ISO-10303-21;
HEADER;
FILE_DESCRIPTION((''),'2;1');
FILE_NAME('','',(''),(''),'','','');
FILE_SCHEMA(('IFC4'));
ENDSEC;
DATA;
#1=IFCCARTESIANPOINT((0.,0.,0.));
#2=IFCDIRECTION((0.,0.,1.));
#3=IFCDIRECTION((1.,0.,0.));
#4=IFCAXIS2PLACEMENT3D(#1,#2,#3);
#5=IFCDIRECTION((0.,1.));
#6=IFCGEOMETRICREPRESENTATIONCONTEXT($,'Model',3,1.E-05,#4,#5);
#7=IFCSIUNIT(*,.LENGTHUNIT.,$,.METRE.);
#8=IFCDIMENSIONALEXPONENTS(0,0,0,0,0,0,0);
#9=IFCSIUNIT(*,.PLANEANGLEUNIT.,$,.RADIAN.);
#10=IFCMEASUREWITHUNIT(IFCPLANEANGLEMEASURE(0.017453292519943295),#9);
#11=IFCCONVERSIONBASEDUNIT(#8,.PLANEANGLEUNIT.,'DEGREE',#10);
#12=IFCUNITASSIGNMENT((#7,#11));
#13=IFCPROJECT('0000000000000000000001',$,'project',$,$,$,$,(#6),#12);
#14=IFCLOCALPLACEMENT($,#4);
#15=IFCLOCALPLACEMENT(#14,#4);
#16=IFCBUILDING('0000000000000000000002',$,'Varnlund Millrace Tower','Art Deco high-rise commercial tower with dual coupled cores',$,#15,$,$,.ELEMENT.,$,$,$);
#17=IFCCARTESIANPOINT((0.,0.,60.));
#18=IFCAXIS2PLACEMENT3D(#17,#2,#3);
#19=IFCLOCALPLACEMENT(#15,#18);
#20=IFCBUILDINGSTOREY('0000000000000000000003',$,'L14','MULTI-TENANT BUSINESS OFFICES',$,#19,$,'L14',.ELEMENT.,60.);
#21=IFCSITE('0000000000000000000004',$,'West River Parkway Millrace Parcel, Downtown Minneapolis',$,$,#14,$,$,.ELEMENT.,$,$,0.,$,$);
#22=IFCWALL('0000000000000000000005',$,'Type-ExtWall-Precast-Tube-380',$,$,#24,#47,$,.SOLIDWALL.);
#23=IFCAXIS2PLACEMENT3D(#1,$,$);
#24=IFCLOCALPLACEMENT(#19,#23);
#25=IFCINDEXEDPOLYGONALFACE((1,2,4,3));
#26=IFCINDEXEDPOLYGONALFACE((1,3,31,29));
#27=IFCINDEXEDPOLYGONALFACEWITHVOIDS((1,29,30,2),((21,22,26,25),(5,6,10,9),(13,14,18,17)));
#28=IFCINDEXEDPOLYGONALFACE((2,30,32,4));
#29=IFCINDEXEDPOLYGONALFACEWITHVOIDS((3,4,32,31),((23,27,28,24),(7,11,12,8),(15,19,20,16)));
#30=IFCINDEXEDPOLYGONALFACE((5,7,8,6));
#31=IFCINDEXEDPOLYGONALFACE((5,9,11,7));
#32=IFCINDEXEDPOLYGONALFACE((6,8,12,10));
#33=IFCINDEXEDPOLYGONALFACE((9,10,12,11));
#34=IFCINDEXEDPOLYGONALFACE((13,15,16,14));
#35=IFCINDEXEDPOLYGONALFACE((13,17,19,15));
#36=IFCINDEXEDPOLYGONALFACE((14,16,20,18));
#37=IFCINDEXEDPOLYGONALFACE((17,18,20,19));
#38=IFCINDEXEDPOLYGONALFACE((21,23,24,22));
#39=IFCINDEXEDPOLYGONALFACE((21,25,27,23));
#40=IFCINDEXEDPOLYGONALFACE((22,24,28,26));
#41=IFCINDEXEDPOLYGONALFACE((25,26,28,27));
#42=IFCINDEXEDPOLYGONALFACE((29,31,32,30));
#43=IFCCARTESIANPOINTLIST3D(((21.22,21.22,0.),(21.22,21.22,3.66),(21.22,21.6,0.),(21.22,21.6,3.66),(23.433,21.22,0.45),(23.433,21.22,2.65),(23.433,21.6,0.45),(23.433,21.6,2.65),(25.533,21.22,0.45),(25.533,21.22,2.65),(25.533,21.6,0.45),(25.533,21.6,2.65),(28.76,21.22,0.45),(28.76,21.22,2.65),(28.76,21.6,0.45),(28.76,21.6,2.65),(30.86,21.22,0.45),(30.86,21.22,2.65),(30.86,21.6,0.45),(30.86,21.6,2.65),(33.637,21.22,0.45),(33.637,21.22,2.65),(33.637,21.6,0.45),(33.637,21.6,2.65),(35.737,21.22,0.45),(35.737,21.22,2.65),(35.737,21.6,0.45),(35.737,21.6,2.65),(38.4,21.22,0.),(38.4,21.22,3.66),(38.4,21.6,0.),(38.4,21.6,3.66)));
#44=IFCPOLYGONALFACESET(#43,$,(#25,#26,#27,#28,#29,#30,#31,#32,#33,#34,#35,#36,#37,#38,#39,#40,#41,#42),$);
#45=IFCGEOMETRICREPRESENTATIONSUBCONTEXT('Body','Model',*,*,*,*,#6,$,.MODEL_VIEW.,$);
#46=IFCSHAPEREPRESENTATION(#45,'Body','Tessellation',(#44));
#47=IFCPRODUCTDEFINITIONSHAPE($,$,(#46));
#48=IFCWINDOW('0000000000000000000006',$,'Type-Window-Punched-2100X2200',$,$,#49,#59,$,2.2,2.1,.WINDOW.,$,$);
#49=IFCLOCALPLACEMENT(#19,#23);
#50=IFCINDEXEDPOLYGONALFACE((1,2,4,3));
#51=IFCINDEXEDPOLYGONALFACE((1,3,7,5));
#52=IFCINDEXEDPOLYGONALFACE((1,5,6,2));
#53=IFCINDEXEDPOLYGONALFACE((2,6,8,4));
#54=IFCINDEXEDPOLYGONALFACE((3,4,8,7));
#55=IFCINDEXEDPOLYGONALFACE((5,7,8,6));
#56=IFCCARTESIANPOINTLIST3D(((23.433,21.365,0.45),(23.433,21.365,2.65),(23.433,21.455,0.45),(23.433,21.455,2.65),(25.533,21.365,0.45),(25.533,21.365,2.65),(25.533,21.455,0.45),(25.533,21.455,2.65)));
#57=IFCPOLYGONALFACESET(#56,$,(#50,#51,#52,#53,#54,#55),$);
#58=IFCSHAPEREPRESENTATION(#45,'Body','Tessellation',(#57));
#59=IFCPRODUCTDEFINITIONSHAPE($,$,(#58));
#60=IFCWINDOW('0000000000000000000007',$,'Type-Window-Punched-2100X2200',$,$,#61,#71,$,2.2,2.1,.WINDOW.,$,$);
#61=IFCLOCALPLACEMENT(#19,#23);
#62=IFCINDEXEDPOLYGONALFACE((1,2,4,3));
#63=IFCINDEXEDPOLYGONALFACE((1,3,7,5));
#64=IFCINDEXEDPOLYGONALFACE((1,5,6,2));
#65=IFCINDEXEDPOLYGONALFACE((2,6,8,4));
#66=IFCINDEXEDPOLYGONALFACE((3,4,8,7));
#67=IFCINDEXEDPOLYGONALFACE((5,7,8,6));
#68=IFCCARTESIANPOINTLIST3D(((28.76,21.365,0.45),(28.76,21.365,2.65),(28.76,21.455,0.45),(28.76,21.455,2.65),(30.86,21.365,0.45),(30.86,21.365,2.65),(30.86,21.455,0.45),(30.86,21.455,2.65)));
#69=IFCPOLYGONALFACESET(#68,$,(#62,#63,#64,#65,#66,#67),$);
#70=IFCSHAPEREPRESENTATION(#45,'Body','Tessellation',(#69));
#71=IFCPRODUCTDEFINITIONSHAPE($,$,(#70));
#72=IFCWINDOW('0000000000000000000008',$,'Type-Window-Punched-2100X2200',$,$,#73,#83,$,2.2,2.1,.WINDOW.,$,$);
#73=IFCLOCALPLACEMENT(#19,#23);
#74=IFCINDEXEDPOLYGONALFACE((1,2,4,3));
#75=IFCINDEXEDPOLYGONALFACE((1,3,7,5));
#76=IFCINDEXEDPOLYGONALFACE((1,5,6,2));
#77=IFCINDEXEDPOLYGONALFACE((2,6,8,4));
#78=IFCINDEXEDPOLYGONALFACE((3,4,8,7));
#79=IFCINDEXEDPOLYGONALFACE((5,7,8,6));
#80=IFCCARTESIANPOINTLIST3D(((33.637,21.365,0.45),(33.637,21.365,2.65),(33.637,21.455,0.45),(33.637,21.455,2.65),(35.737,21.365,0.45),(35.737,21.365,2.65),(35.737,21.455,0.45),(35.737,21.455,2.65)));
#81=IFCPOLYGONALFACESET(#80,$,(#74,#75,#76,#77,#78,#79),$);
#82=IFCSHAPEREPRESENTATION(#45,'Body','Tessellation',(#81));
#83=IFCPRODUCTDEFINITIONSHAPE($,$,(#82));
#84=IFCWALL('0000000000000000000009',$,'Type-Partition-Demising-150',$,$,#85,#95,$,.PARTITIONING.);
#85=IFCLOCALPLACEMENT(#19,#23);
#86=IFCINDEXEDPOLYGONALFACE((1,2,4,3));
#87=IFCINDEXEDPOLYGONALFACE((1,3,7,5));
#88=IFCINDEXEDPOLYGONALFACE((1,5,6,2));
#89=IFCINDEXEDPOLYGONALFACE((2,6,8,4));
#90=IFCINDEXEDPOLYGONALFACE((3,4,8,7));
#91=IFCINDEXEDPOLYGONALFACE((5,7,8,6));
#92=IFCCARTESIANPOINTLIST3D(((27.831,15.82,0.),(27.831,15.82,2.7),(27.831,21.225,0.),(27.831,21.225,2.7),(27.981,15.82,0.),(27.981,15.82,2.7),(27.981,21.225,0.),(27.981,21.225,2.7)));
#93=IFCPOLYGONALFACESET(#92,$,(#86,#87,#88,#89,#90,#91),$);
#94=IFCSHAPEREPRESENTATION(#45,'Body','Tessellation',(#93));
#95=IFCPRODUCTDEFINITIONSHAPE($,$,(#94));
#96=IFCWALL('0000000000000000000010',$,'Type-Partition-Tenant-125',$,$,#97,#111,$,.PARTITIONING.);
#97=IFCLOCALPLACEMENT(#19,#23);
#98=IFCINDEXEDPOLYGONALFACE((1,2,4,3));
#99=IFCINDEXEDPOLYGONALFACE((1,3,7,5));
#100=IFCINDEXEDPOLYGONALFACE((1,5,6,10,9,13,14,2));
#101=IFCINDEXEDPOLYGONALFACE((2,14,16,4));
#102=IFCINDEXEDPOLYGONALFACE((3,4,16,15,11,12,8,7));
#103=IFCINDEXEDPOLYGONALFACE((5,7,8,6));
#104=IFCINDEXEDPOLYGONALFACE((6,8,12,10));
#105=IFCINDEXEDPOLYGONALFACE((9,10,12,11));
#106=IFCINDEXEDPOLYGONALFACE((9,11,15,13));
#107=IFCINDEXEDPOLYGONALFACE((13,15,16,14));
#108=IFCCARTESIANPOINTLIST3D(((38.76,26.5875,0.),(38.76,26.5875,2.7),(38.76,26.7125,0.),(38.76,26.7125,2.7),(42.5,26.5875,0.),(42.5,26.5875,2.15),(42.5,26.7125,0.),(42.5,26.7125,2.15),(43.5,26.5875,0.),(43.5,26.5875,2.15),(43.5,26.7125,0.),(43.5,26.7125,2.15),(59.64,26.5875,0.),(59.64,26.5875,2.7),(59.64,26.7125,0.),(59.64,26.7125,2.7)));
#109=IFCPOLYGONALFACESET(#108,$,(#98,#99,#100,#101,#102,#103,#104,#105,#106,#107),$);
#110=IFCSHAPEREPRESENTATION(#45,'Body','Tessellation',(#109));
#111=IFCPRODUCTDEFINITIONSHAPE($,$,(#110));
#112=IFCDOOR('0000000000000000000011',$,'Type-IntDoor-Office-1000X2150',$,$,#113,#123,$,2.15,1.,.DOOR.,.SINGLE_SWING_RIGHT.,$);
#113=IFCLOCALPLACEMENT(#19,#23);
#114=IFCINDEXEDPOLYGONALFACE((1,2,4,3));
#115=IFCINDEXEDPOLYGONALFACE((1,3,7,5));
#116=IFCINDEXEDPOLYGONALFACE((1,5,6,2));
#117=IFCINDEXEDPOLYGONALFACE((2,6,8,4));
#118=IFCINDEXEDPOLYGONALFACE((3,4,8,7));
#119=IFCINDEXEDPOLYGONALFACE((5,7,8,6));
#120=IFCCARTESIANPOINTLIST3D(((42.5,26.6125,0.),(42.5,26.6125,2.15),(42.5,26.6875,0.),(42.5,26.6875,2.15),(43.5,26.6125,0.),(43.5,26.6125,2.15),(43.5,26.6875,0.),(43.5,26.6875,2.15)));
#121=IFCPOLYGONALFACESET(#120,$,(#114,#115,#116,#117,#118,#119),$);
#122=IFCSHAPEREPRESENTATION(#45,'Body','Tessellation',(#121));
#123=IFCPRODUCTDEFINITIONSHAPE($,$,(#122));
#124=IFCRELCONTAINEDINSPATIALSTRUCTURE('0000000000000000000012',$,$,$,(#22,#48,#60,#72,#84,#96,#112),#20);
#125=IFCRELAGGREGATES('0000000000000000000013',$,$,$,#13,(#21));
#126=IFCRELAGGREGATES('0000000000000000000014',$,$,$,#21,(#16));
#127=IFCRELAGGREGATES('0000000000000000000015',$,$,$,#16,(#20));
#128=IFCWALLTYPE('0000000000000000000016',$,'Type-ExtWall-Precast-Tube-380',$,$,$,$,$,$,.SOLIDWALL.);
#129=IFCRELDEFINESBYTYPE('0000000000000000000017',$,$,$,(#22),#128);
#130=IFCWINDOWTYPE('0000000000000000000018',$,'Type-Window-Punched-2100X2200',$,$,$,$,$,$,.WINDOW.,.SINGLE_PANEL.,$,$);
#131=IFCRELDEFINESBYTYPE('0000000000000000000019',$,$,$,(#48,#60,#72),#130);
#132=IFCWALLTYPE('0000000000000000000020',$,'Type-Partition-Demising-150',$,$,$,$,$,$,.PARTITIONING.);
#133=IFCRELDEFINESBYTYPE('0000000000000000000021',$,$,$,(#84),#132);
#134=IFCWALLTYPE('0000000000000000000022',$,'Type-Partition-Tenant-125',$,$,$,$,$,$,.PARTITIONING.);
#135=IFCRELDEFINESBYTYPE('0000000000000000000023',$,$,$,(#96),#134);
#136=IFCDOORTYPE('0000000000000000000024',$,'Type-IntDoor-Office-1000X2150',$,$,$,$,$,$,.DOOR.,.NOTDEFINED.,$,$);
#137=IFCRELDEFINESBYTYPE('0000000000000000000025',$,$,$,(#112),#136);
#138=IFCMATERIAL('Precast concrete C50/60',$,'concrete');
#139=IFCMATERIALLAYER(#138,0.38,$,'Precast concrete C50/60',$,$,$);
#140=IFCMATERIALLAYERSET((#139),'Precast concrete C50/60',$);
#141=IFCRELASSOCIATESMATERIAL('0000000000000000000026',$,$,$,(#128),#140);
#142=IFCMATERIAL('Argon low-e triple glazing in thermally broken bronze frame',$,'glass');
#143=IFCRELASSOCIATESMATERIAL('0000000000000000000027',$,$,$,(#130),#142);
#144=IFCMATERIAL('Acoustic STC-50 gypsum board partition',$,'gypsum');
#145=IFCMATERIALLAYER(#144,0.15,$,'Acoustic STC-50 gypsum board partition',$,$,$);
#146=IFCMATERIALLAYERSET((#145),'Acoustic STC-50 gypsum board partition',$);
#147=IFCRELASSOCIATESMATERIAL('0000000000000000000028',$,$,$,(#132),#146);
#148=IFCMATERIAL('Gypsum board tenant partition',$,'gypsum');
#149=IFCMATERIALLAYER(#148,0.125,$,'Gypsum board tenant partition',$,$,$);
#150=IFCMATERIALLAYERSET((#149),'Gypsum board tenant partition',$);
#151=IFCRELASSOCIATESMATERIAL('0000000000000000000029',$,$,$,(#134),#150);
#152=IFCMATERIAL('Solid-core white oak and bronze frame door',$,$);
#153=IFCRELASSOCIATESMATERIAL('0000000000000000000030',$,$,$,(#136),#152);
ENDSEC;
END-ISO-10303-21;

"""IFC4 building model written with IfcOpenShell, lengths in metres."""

from ifc_helpers import new_model, entity, si_unit, converted_unit, direction, frame, origin_with_axes, origin_2d_with_axis, place, context, subcontext, project, spatial, polyline, rectangle, outline, extrude, material, layer, layer_set, type_object, element, fill, save


model = new_model("IFC4")

# Units and contexts
model_context = context("Model", 3, precision=1e-05, world=origin_with_axes(), true_north=direction((0.0, 1.0)))
body_context = subcontext(model_context, "Body", "Model", "MODEL_VIEW")
ifc_project = project(units=[si_unit("LENGTHUNIT", "METRE"), converted_unit("PLANEANGLEUNIT", "DEGREE", entity("IfcPlaneAngleMeasure", 0.017453292519943295), si_unit("PLANEANGLEUNIT", "RADIAN"), dimensions=[0, 0, 0, 0, 0, 0, 0])], contexts=[model_context])

# Site, building, storey
site_placement = place(None, origin_with_axes())
site = spatial("IfcSite", under=ifc_project, at=site_placement, Name="West River Parkway Millrace Parcel, Downtown Minneapolis", CompositionType="ELEMENT", RefElevation=0.0)
building_placement = place(site_placement, origin_with_axes())
building = spatial("IfcBuilding", under=site, at=building_placement, Name="Varnlund Millrace Tower", Description="Art Deco high-rise commercial tower with dual coupled cores", CompositionType="ELEMENT")
storey_placement = place(building_placement, frame((0.0, 0.0, 60.0), z_axis=(0.0, 0.0, 1.0), x_axis=(1.0, 0.0, 0.0)))
storey = spatial("IfcBuildingStorey", under=building, at=storey_placement, Name="L14", Description="MULTI-TENANT BUSINESS OFFICES", LongName="L14", CompositionType="ELEMENT", Elevation=60.0)

# Shared definitions
ifc_material_1 = material(Name="Precast concrete C50/60", Category="concrete")
ifc_layer_1 = layer(ifc_material_1, 0.38, Name="Precast concrete C50/60")
ifc_layer_set_1 = layer_set([ifc_layer_1], Name="Precast concrete C50/60")
wall_type_1 = type_object("IfcWallType", Name="Type-ExtWall-Precast-Tube-380", PredefinedType="SOLIDWALL", material=ifc_layer_set_1)

# Shared definitions
ifc_material_2 = material(Name="Argon low-e triple glazing in thermally broken bronze frame", Category="glass")
window_type = type_object("IfcWindowType", Name="Type-Window-Punched-2100X2200", PartitioningType="SINGLE_PANEL", PredefinedType="WINDOW", material=ifc_material_2)

# Wall, openings, windows
wall_1_placement = place(storey_placement, frame((21.22, 21.41, 0.0), z_axis=(0.0, 0.0, 1.0), x_axis=(1.0, 0.0, 0.0)))
wall_1 = element("IfcWall", 1, at=wall_1_placement, inside=storey, type_object=wall_type_1, Name="Type-ExtWall-Precast-Tube-380", PredefinedType="SOLIDWALL", context=body_context, shape_type="SweptSolid", body=[
    extrude(outline(polyline([(0.0, -0.19), (17.18, -0.19), (17.18, 0.19), (0.0, 0.19), (0.0, -0.19)])), origin_with_axes(), (0.0, 0.0, 1.0), 3.66),
])
opening_1_placement = place(wall_1_placement, frame((3.263, 0.0, 0.45), z_axis=(0.0, 0.0, 1.0), x_axis=(1.0, 0.0, 0.0)))
opening_1 = element("IfcOpeningElement", 2, at=opening_1_placement, cuts=wall_1, PredefinedType="OPENING", context=body_context, shape_type="SweptSolid", body=[
    extrude(rectangle(XDim=2.1, YDim=0.4, at=origin_2d_with_axis()), origin_with_axes(), (0.0, 0.0, 1.0), 2.2),
])
opening_2_placement = place(wall_1_placement, frame((8.59, 0.0, 0.45), z_axis=(0.0, 0.0, 1.0), x_axis=(1.0, 0.0, 0.0)))
opening_2 = element("IfcOpeningElement", 3, at=opening_2_placement, cuts=wall_1, PredefinedType="OPENING", context=body_context, shape_type="SweptSolid", body=[
    extrude(rectangle(XDim=2.1, YDim=0.4, at=origin_2d_with_axis()), origin_with_axes(), (0.0, 0.0, 1.0), 2.2),
])
opening_3_placement = place(wall_1_placement, frame((13.467, 0.0, 0.45), z_axis=(0.0, 0.0, 1.0), x_axis=(1.0, 0.0, 0.0)))
opening_3 = element("IfcOpeningElement", 4, at=opening_3_placement, cuts=wall_1, PredefinedType="OPENING", context=body_context, shape_type="SweptSolid", body=[
    extrude(rectangle(XDim=2.1, YDim=0.4, at=origin_2d_with_axis()), origin_with_axes(), (0.0, 0.0, 1.0), 2.2),
])
window_1_placement = place(wall_1_placement, frame((3.263, 0.0, 0.45), z_axis=(0.0, 0.0, 1.0), x_axis=(1.0, 0.0, 0.0)))
window_1 = element("IfcWindow", 5, at=window_1_placement, inside=storey, type_object=window_type, Name="Type-Window-Punched-2100X2200", OverallHeight=2.2, OverallWidth=2.1, PredefinedType="WINDOW", context=body_context, shape_type="SweptSolid", body=[
    extrude(rectangle(XDim=2.1, YDim=0.09, at=origin_2d_with_axis()), origin_with_axes(), (0.0, 0.0, 1.0), 2.2),
])
fill(opening_1, window_1)
window_2_placement = place(wall_1_placement, frame((8.59, 0.0, 0.45), z_axis=(0.0, 0.0, 1.0), x_axis=(1.0, 0.0, 0.0)))
window_2 = element("IfcWindow", 6, at=window_2_placement, inside=storey, type_object=window_type, Name="Type-Window-Punched-2100X2200", OverallHeight=2.2, OverallWidth=2.1, PredefinedType="WINDOW", context=body_context, shape_type="SweptSolid", body=[
    extrude(rectangle(XDim=2.1, YDim=0.09, at=origin_2d_with_axis()), origin_with_axes(), (0.0, 0.0, 1.0), 2.2),
])
fill(opening_2, window_2)
window_3_placement = place(wall_1_placement, frame((13.467, 0.0, 0.45), z_axis=(0.0, 0.0, 1.0), x_axis=(1.0, 0.0, 0.0)))
window_3 = element("IfcWindow", 7, at=window_3_placement, inside=storey, type_object=window_type, Name="Type-Window-Punched-2100X2200", OverallHeight=2.2, OverallWidth=2.1, PredefinedType="WINDOW", context=body_context, shape_type="SweptSolid", body=[
    extrude(rectangle(XDim=2.1, YDim=0.09, at=origin_2d_with_axis()), origin_with_axes(), (0.0, 0.0, 1.0), 2.2),
])
fill(opening_3, window_3)

# Wall
ifc_material_3 = material(Name="Acoustic STC-50 gypsum board partition", Category="gypsum")
ifc_layer_2 = layer(ifc_material_3, 0.15, Name="Acoustic STC-50 gypsum board partition")
ifc_layer_set_2 = layer_set([ifc_layer_2], Name="Acoustic STC-50 gypsum board partition")
wall_type_2 = type_object("IfcWallType", Name="Type-Partition-Demising-150", PredefinedType="PARTITIONING", material=ifc_layer_set_2)
wall_2_placement = place(storey_placement, frame((27.906, 15.82, 0.0), z_axis=(0.0, 0.0, 1.0), x_axis=(0.0, 1.0, 0.0)))
element("IfcWall", 8, at=wall_2_placement, inside=storey, type_object=wall_type_2, Name="Type-Partition-Demising-150", PredefinedType="PARTITIONING", context=body_context, shape_type="SweptSolid", body=[
    extrude(outline(polyline([(0.0, -0.075), (5.405, -0.075), (5.405, 0.075), (0.0, 0.075), (0.0, -0.075)])), origin_with_axes(), (0.0, 0.0, 1.0), 2.7),
])

# Wall, opening, door
ifc_material_4 = material(Name="Gypsum board tenant partition", Category="gypsum")
ifc_layer_3 = layer(ifc_material_4, 0.125, Name="Gypsum board tenant partition")
ifc_layer_set_3 = layer_set([ifc_layer_3], Name="Gypsum board tenant partition")
wall_type_3 = type_object("IfcWallType", Name="Type-Partition-Tenant-125", PredefinedType="PARTITIONING", material=ifc_layer_set_3)
wall_3_placement = place(storey_placement, frame((38.76, 26.65, 0.0), z_axis=(0.0, 0.0, 1.0), x_axis=(1.0, 0.0, 0.0)))
wall_3 = element("IfcWall", 9, at=wall_3_placement, inside=storey, type_object=wall_type_3, Name="Type-Partition-Tenant-125", PredefinedType="PARTITIONING", context=body_context, shape_type="SweptSolid", body=[
    extrude(outline(polyline([(0.0, -0.0625), (20.88, -0.0625), (20.88, 0.0625), (0.0, 0.0625), (0.0, -0.0625)])), origin_with_axes(), (0.0, 0.0, 1.0), 2.7),
])
opening_4_placement = place(wall_3_placement, frame((4.24, 0.0, 0.0), z_axis=(0.0, 0.0, 1.0), x_axis=(1.0, 0.0, 0.0)))
opening_4 = element("IfcOpeningElement", 10, at=opening_4_placement, cuts=wall_3, PredefinedType="OPENING", context=body_context, shape_type="SweptSolid", body=[
    extrude(rectangle(XDim=1.0, YDim=0.145, at=origin_2d_with_axis()), origin_with_axes(), (0.0, 0.0, 1.0), 2.15),
])
ifc_material_5 = material(Name="Solid-core white oak and bronze frame door")
door_type = type_object("IfcDoorType", Name="Type-IntDoor-Office-1000X2150", OperationType="NOTDEFINED", PredefinedType="DOOR", material=ifc_material_5)
door_placement = place(wall_3_placement, frame((4.24, 0.0, 0.0), z_axis=(0.0, 0.0, 1.0), x_axis=(1.0, 0.0, 0.0)))
door = element("IfcDoor", 11, at=door_placement, inside=storey, type_object=door_type, Name="Type-IntDoor-Office-1000X2150", OperationType="SINGLE_SWING_RIGHT", OverallHeight=2.15, OverallWidth=1.0, PredefinedType="DOOR", context=body_context, shape_type="SweptSolid", body=[
    extrude(rectangle(XDim=1.0, YDim=0.075, at=origin_2d_with_axis()), origin_with_axes(), (0.0, 0.0, 1.0), 2.15),
])
fill(opening_4, door)

save(model, "model.ifc")
